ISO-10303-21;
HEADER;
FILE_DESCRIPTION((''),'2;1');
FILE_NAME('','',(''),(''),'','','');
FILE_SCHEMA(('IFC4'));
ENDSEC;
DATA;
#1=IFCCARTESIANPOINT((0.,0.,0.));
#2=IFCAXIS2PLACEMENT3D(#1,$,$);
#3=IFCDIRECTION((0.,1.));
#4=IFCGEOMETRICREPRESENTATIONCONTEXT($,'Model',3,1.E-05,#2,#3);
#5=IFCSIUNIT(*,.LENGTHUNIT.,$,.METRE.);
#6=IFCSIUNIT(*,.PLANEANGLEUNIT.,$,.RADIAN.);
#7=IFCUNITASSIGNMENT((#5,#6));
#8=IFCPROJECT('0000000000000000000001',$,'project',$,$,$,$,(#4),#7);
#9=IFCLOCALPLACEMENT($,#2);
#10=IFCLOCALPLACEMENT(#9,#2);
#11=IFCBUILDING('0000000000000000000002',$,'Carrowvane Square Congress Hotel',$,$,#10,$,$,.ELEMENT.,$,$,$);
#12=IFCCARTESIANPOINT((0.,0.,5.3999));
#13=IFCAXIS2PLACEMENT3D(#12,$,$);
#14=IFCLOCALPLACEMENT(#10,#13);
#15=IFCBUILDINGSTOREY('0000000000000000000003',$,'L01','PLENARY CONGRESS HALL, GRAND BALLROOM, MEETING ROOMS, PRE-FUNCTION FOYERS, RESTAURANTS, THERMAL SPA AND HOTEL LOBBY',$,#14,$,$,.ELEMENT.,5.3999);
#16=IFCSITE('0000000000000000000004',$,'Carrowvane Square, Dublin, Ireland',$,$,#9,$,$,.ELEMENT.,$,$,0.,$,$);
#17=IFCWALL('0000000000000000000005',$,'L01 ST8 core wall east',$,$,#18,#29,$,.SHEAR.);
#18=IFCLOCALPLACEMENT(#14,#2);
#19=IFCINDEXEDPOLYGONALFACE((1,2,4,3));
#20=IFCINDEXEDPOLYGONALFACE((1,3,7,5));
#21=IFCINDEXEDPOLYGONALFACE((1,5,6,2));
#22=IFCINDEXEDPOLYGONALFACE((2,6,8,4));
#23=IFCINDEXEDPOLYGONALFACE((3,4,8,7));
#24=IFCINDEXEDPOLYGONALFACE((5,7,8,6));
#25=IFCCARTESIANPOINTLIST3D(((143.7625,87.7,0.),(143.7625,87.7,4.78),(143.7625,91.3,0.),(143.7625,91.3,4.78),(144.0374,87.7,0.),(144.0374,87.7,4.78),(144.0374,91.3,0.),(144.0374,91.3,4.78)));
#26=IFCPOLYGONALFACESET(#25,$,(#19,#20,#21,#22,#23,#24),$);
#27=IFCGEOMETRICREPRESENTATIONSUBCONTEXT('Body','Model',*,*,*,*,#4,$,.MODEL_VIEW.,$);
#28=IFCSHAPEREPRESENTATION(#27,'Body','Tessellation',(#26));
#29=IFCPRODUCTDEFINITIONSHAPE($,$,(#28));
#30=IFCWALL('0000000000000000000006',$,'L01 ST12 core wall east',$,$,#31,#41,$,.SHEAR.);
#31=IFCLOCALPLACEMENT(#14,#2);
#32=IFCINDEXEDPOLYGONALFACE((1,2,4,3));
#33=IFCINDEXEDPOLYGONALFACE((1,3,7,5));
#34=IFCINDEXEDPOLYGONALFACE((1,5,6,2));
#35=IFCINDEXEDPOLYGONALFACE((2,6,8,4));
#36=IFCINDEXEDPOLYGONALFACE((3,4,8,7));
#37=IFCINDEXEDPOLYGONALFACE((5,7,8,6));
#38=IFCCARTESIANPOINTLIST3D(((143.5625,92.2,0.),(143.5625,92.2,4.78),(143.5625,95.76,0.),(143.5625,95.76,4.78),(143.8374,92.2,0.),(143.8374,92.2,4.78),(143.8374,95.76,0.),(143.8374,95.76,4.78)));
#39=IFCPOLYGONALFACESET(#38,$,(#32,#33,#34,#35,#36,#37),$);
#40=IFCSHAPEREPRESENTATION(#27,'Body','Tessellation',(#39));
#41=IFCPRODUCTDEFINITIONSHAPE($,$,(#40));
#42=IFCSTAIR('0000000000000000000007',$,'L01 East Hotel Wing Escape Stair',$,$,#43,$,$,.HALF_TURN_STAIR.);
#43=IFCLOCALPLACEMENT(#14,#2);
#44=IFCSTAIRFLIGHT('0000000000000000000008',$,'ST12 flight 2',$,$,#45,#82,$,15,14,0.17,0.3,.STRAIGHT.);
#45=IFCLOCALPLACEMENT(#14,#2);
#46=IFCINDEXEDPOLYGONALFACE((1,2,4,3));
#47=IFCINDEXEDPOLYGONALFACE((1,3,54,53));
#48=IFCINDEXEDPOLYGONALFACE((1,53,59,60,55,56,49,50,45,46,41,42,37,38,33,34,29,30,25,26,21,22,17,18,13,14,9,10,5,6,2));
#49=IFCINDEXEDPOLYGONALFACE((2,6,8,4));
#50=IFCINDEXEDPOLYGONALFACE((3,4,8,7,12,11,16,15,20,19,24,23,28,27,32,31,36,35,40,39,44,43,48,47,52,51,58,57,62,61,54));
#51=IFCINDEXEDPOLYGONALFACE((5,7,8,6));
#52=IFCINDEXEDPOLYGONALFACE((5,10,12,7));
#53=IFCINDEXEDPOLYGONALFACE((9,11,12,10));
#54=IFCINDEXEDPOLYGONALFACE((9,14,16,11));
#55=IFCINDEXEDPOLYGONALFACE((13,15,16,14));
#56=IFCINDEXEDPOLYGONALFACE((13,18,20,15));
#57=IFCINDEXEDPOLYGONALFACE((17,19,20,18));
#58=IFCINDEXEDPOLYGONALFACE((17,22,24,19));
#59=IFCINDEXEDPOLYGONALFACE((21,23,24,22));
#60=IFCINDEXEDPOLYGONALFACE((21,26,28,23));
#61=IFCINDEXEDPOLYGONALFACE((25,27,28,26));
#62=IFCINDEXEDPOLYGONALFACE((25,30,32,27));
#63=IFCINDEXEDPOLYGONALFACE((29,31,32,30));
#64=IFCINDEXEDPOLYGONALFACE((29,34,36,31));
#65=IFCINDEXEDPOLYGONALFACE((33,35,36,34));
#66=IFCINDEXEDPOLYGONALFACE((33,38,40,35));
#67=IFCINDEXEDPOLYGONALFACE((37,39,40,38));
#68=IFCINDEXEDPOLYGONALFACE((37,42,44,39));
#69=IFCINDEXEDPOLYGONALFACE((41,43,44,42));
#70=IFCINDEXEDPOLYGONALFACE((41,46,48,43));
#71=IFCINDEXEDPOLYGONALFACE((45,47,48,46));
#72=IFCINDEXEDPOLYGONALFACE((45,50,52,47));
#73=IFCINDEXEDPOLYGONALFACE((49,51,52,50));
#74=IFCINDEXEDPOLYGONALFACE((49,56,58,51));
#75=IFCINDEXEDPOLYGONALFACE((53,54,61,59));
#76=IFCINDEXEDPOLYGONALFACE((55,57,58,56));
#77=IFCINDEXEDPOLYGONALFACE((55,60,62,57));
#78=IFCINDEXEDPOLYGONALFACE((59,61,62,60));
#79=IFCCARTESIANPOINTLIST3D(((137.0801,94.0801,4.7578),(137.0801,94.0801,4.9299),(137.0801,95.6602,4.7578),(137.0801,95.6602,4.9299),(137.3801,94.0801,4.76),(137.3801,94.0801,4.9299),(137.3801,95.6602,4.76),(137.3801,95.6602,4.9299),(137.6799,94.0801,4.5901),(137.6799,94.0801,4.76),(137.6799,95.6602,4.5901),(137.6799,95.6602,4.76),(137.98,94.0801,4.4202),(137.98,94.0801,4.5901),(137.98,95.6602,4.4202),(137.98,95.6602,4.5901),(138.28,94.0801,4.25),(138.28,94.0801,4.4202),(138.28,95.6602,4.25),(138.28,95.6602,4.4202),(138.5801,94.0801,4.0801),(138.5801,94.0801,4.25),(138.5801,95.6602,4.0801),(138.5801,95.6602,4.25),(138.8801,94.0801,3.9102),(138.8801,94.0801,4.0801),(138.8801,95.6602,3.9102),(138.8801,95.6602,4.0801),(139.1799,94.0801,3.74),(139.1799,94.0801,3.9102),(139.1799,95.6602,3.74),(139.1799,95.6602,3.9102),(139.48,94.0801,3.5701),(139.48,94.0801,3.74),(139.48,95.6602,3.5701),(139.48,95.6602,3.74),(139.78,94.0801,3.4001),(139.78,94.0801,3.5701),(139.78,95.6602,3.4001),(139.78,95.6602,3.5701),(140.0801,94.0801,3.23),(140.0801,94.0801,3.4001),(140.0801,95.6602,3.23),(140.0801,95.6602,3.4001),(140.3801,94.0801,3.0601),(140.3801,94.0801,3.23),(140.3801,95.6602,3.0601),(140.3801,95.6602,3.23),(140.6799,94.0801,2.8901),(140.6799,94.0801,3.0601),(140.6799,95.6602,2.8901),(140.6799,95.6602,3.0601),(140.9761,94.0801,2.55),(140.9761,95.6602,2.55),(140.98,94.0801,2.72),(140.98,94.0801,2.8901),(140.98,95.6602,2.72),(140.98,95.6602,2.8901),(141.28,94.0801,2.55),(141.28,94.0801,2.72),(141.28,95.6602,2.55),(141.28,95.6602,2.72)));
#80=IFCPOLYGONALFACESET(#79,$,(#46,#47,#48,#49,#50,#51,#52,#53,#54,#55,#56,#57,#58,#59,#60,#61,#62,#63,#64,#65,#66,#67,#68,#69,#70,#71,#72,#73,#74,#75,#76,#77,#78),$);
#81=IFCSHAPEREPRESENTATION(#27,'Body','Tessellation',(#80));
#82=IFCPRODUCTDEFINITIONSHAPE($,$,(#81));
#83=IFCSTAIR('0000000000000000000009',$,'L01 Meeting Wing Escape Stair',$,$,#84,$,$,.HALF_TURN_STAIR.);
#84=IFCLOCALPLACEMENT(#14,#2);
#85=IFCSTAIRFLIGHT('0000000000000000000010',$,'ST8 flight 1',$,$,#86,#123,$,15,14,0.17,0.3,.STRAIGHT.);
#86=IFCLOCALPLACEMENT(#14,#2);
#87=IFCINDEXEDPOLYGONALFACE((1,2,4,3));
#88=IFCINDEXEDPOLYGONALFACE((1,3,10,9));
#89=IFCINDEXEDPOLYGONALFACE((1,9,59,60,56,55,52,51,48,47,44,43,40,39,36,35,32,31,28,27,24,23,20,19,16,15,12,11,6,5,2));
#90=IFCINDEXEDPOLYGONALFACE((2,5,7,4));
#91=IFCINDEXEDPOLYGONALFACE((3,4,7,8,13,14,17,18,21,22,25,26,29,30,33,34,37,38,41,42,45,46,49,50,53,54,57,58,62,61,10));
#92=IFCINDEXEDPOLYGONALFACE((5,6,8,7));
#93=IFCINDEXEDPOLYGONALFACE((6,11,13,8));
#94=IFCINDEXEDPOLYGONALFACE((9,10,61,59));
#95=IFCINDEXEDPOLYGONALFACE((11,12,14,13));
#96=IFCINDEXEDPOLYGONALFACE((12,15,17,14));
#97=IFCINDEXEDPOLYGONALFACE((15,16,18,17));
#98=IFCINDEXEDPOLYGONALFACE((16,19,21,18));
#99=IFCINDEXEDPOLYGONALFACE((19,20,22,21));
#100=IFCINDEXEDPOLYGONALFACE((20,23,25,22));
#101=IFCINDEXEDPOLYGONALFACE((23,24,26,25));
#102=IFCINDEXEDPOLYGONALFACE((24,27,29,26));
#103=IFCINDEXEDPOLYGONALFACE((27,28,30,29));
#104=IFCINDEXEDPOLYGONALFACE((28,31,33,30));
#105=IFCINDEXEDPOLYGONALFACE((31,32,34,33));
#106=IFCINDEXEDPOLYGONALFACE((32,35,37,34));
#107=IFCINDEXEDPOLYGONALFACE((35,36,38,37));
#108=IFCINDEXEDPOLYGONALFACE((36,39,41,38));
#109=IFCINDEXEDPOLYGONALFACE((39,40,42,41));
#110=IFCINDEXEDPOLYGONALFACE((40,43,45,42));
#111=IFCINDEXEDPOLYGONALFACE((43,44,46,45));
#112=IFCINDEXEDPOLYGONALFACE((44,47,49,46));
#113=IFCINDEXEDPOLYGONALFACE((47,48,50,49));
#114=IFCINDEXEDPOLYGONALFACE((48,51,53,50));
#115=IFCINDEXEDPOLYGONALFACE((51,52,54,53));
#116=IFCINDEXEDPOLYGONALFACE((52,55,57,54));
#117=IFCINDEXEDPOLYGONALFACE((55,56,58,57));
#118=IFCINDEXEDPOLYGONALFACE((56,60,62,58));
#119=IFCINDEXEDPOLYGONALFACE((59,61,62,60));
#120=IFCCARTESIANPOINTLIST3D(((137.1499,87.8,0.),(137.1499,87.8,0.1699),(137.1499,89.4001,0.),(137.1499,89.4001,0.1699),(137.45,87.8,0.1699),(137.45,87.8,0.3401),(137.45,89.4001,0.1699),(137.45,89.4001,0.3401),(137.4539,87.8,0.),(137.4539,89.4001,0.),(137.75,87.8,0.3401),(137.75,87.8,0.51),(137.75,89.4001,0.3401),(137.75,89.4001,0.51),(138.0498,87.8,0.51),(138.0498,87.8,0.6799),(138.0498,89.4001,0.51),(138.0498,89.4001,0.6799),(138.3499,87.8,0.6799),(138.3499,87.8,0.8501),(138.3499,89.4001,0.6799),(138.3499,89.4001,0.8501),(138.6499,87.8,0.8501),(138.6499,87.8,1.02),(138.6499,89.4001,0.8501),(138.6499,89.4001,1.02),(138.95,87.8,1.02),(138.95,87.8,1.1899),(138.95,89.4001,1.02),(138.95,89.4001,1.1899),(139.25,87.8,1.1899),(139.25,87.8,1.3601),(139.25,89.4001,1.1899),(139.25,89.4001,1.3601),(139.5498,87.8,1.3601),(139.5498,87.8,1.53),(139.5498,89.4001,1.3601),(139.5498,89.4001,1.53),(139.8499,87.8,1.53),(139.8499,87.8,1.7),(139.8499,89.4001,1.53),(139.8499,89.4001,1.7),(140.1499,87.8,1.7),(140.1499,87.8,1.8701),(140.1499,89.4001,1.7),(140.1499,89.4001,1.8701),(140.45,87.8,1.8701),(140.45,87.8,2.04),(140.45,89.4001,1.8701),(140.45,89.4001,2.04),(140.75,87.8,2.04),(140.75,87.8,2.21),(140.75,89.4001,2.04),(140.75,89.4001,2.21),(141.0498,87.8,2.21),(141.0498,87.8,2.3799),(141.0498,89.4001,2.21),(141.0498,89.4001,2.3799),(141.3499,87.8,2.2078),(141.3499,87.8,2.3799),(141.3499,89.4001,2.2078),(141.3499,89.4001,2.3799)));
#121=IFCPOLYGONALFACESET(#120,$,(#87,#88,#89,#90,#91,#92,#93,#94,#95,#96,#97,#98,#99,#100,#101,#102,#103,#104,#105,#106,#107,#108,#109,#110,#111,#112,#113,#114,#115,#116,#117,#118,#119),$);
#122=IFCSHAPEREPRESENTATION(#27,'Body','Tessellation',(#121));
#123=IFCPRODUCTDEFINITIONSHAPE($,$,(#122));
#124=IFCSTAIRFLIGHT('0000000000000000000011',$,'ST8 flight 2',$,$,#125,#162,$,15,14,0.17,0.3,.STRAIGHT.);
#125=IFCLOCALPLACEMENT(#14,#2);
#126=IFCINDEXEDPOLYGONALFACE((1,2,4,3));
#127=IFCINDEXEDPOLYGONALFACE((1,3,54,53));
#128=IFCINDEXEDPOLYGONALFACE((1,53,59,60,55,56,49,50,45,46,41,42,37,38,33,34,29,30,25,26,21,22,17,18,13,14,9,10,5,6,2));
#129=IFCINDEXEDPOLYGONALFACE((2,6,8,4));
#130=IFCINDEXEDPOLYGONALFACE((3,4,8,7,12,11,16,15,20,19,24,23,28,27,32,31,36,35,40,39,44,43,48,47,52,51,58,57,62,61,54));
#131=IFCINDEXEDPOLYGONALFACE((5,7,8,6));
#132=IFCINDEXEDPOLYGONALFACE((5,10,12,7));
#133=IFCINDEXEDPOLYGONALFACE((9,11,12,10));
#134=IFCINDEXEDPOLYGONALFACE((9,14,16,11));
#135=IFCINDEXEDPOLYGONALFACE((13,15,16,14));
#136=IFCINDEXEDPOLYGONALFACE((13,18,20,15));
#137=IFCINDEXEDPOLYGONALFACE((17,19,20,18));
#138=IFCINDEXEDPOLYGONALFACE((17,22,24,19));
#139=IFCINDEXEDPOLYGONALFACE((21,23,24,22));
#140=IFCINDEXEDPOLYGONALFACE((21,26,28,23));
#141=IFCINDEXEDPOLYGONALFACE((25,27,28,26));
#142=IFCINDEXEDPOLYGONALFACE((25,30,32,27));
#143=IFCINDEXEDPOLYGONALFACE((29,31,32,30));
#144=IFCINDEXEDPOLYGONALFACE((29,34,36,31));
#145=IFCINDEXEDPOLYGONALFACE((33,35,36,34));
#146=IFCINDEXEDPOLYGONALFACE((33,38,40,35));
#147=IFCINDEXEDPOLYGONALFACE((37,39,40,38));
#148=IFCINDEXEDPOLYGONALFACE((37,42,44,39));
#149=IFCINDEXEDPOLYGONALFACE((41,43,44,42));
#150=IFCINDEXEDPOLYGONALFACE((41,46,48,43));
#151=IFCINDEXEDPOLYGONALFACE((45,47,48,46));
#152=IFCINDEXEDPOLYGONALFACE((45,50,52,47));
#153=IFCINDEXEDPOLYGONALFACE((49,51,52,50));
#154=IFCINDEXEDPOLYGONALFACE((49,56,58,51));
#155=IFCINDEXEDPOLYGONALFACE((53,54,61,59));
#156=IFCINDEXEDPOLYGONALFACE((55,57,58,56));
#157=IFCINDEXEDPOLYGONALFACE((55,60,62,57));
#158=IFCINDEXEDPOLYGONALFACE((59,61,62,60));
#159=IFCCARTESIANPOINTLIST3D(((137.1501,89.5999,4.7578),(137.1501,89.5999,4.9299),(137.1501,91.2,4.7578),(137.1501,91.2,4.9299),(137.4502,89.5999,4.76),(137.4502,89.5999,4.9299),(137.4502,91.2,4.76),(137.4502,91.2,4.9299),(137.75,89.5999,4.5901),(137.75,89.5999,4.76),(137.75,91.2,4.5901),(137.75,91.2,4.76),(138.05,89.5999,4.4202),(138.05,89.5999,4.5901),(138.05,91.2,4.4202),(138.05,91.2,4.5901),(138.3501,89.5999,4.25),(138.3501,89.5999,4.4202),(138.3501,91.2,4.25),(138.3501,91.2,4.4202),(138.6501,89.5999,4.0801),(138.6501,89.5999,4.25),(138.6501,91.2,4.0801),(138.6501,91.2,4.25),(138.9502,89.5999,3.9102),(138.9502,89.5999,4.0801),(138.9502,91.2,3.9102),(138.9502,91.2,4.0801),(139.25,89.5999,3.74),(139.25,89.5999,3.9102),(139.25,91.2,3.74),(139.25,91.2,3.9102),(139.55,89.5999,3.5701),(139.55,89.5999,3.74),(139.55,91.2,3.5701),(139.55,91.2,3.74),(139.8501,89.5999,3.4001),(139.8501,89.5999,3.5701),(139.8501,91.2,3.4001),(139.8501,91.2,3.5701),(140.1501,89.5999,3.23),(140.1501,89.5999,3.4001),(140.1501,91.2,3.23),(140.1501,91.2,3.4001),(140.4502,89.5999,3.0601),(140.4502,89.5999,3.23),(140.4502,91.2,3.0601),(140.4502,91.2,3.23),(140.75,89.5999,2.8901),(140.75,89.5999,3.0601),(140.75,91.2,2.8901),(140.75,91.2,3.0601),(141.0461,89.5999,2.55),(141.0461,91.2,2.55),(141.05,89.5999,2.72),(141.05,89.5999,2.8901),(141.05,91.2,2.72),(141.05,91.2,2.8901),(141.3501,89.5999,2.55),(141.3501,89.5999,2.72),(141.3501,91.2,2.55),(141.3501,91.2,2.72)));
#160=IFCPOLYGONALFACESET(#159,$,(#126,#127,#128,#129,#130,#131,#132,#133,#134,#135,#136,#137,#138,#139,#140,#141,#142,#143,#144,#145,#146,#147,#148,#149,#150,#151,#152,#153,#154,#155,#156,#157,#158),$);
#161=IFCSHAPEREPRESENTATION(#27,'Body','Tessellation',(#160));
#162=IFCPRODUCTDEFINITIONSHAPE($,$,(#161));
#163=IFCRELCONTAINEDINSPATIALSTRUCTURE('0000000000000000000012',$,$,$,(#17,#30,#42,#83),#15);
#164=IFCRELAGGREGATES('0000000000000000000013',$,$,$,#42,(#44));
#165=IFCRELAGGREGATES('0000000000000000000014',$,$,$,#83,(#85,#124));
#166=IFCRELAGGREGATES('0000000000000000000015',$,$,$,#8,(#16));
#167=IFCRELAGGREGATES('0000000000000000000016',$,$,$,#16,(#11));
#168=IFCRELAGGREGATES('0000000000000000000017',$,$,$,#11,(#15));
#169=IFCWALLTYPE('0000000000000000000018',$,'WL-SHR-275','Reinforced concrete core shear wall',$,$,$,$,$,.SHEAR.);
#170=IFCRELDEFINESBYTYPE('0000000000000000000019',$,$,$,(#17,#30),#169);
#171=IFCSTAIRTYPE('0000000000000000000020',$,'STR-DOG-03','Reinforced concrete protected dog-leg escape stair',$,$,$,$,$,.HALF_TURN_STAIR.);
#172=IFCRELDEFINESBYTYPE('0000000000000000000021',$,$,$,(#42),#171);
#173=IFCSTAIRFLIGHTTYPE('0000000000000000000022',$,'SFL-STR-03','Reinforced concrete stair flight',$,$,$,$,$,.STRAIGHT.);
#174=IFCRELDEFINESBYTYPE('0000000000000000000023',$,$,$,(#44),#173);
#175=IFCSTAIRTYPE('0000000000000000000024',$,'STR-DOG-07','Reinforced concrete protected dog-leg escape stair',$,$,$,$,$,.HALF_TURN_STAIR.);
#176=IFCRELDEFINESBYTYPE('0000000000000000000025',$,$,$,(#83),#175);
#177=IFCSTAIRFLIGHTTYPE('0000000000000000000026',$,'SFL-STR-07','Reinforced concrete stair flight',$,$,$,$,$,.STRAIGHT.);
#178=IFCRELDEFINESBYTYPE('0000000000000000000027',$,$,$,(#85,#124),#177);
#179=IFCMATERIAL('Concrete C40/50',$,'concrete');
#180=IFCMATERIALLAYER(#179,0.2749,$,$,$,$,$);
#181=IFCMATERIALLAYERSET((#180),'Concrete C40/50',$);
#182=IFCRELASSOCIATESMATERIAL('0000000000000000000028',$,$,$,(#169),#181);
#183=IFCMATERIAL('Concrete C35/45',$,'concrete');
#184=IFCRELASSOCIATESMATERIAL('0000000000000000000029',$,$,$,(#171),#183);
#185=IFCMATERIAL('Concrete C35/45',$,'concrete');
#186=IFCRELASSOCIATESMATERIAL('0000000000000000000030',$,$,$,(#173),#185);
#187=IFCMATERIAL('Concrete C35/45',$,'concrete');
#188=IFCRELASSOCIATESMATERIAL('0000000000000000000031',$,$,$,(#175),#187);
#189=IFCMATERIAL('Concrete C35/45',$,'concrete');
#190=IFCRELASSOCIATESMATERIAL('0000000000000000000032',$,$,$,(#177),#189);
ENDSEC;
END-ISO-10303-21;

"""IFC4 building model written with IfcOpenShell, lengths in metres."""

from ifc_helpers import new_model, si_unit, direction, frame, frame_2d, origin, place, context, subcontext, project, spatial, polyline, rectangle, outline, extrude, material, layer, layer_set, type_object, element, aggregate, save


model = new_model("IFC4")

# Units and contexts
model_context = context("Model", 3, precision=1e-05, world=origin(), true_north=direction((0.0, 1.0)))
body_context = subcontext(model_context, "Body", "Model", "MODEL_VIEW")
ifc_project = project(units=[si_unit("LENGTHUNIT", "METRE"), si_unit("PLANEANGLEUNIT", "RADIAN")], contexts=[model_context])

# Site, building, storey
site_placement = place(None, origin())
site = spatial("IfcSite", under=ifc_project, at=site_placement, Name="Carrowvane Square, Dublin, Ireland", CompositionType="ELEMENT", RefElevation=0.0)
building_placement = place(site_placement, origin())
building = spatial("IfcBuilding", under=site, at=building_placement, Name="Carrowvane Square Congress Hotel", CompositionType="ELEMENT")
storey_placement = place(building_placement, frame((0.0, 0.0, 5.3999)))
storey = spatial("IfcBuildingStorey", under=building, at=storey_placement, Name="L01", Description="PLENARY CONGRESS HALL, GRAND BALLROOM, MEETING ROOMS, PRE-FUNCTION FOYERS, RESTAURANTS, THERMAL SPA AND HOTEL LOBBY", CompositionType="ELEMENT", Elevation=5.3999)

# Walls
ifc_material_1 = material(Name="Concrete C40/50", Category="concrete")
ifc_layer_1 = layer(ifc_material_1, 0.2749)
ifc_layer_set_1 = layer_set([ifc_layer_1], Name="Concrete C40/50")
wall_type_1 = type_object("IfcWallType", Name="WL-SHR-275", Description="Reinforced concrete core shear wall", PredefinedType="SHEAR", material=ifc_layer_set_1)
wall_1_placement = place(storey_placement, frame((143.8999, 87.7, 0.0), z_axis=(0.0, 0.0, 1.0), x_axis=(0.0, 1.0, 0.0)))
element("IfcWall", 1, at=wall_1_placement, inside=storey, type_object=wall_type_1, Name="L01 ST8 core wall east", PredefinedType="SHEAR", context=body_context, shape_type="SweptSolid", body=[
    extrude(rectangle(XDim=3.6001, YDim=0.2749, at=frame_2d((1.8, 0.0))), origin(), (0.0, 0.0, 1.0), 4.78),
])
wall_2_placement = place(storey_placement, frame((143.7, 92.2, 0.0), z_axis=(0.0, 0.0, 1.0), x_axis=(0.0, 1.0, 0.0)))
element("IfcWall", 2, at=wall_2_placement, inside=storey, type_object=wall_type_1, Name="L01 ST12 core wall east", PredefinedType="SHEAR", context=body_context, shape_type="SweptSolid", body=[
    extrude(rectangle(XDim=3.5601, YDim=0.2749, at=frame_2d((1.78, 0.0))), origin(), (0.0, 0.0, 1.0), 4.78),
])

# Stair, stair flight
ifc_material_2 = material(Name="Concrete C35/45", Category="concrete")
stair_type_1 = type_object("IfcStairType", Name="STR-DOG-03", Description="Reinforced concrete protected dog-leg escape stair", PredefinedType="HALF_TURN_STAIR", material=ifc_material_2)
stair_1_placement = place(storey_placement, origin())
stair_1 = element("IfcStair", 3, at=stair_1_placement, inside=storey, type_object=stair_type_1, Name="L01 East Hotel Wing Escape Stair", PredefinedType="HALF_TURN_STAIR")
ifc_material_3 = material(Name="Concrete C35/45", Category="concrete")
stair_flight_type_1 = type_object("IfcStairFlightType", Name="SFL-STR-03", Description="Reinforced concrete stair flight", PredefinedType="STRAIGHT", material=ifc_material_3)
stair_flight_1_placement = place(storey_placement, frame((141.28, 94.8701, 2.55), z_axis=(0.0, 0.0, 1.0), x_axis=(-1.0, 0.0, 0.0)))
stair_flight_1 = element("IfcStairFlight", 4, at=stair_flight_1_placement, type_object=stair_flight_type_1, Name="ST12 flight 2", NumberOfRisers=15, NumberOfTreads=14, PredefinedType="STRAIGHT", RiserHeight=0.17, TreadLength=0.3, context=body_context, shape_type="SweptSolid", body=[
    extrude(outline(polyline([(0.0, 0.0), (0.0, 0.1699), (0.3, 0.1699), (0.3, 0.3401), (0.6001, 0.3401), (0.6001, 0.51), (0.8999, 0.51), (0.8999, 0.6799), (1.2, 0.6799), (1.2, 0.8501), (1.5, 0.8501), (1.5, 1.02), (1.8, 1.02), (1.8, 1.1899), (2.1001, 1.1899), (2.1001, 1.3601), (2.3999, 1.3601), (2.3999, 1.53), (2.7, 1.53), (2.7, 1.7), (3.0, 1.7), (3.0, 1.8701), (3.3, 1.8701), (3.3, 2.04), (3.6001, 2.04), (3.6001, 2.21), (3.8999, 2.21), (3.8999, 2.3799), (4.2, 2.3799), (4.2, 2.55), (4.2, 2.2078), (0.304, 0.0), (0.0, 0.0)])), frame((0.0, 0.79, 0.0), z_axis=(0.0, -1.0, 0.0), x_axis=(1.0, 0.0, 0.0)), (0.0, 0.0, 1.0), 1.5801),
])
aggregate(stair_1, [stair_flight_1])

# Stair, stair flights
ifc_material_4 = material(Name="Concrete C35/45", Category="concrete")
stair_type_2 = type_object("IfcStairType", Name="STR-DOG-07", Description="Reinforced concrete protected dog-leg escape stair", PredefinedType="HALF_TURN_STAIR", material=ifc_material_4)
stair_2_placement = place(storey_placement, origin())
stair_2 = element("IfcStair", 5, at=stair_2_placement, inside=storey, type_object=stair_type_2, Name="L01 Meeting Wing Escape Stair", PredefinedType="HALF_TURN_STAIR")
ifc_material_5 = material(Name="Concrete C35/45", Category="concrete")
stair_flight_type_2 = type_object("IfcStairFlightType", Name="SFL-STR-07", Description="Reinforced concrete stair flight", PredefinedType="STRAIGHT", material=ifc_material_5)
stair_flight_2_placement = place(storey_placement, frame((137.1499, 88.6001, 0.0), z_axis=(0.0, 0.0, 1.0), x_axis=(1.0, 0.0, 0.0)))
stair_flight_2 = element("IfcStairFlight", 6, at=stair_flight_2_placement, type_object=stair_flight_type_2, Name="ST8 flight 1", NumberOfRisers=15, NumberOfTreads=14, PredefinedType="STRAIGHT", RiserHeight=0.17, TreadLength=0.3, context=body_context, shape_type="SweptSolid", body=[
    extrude(outline(polyline([(0.0, 0.0), (0.0, 0.1699), (0.3, 0.1699), (0.3, 0.3401), (0.6001, 0.3401), (0.6001, 0.51), (0.8999, 0.51), (0.8999, 0.6799), (1.2, 0.6799), (1.2, 0.8501), (1.5, 0.8501), (1.5, 1.02), (1.8, 1.02), (1.8, 1.1899), (2.1001, 1.1899), (2.1001, 1.3601), (2.3999, 1.3601), (2.3999, 1.53), (2.7, 1.53), (2.7, 1.7), (3.0, 1.7), (3.0, 1.8701), (3.3, 1.8701), (3.3, 2.04), (3.6001, 2.04), (3.6001, 2.21), (3.8999, 2.21), (3.8999, 2.3799), (4.2, 2.3799), (4.2, 2.55), (4.2, 2.2078), (0.304, 0.0), (0.0, 0.0)])), frame((0.0, 0.8, 0.0), z_axis=(0.0, -1.0, 0.0), x_axis=(1.0, 0.0, 0.0)), (0.0, 0.0, 1.0), 1.6001),
])
stair_flight_3_placement = place(storey_placement, frame((141.3501, 90.3999, 2.55), z_axis=(0.0, 0.0, 1.0), x_axis=(-1.0, 0.0, 0.0)))
stair_flight_3 = element("IfcStairFlight", 7, at=stair_flight_3_placement, type_object=stair_flight_type_2, Name="ST8 flight 2", NumberOfRisers=15, NumberOfTreads=14, PredefinedType="STRAIGHT", RiserHeight=0.17, TreadLength=0.3, context=body_context, shape_type="SweptSolid", body=[
    extrude(outline(polyline([(0.0, 0.0), (0.0, 0.1699), (0.3, 0.1699), (0.3, 0.3401), (0.6001, 0.3401), (0.6001, 0.51), (0.8999, 0.51), (0.8999, 0.6799), (1.2, 0.6799), (1.2, 0.8501), (1.5, 0.8501), (1.5, 1.02), (1.8, 1.02), (1.8, 1.1899), (2.1001, 1.1899), (2.1001, 1.3601), (2.3999, 1.3601), (2.3999, 1.53), (2.7, 1.53), (2.7, 1.7), (3.0, 1.7), (3.0, 1.8701), (3.3, 1.8701), (3.3, 2.04), (3.6001, 2.04), (3.6001, 2.21), (3.8999, 2.21), (3.8999, 2.3799), (4.2, 2.3799), (4.2, 2.55), (4.2, 2.2078), (0.304, 0.0), (0.0, 0.0)])), frame((0.0, 0.8, 0.0), z_axis=(0.0, -1.0, 0.0), x_axis=(1.0, 0.0, 0.0)), (0.0, 0.0, 1.0), 1.6001),
])
aggregate(stair_2, [stair_flight_2, stair_flight_3])

save(model, "model.ifc")
